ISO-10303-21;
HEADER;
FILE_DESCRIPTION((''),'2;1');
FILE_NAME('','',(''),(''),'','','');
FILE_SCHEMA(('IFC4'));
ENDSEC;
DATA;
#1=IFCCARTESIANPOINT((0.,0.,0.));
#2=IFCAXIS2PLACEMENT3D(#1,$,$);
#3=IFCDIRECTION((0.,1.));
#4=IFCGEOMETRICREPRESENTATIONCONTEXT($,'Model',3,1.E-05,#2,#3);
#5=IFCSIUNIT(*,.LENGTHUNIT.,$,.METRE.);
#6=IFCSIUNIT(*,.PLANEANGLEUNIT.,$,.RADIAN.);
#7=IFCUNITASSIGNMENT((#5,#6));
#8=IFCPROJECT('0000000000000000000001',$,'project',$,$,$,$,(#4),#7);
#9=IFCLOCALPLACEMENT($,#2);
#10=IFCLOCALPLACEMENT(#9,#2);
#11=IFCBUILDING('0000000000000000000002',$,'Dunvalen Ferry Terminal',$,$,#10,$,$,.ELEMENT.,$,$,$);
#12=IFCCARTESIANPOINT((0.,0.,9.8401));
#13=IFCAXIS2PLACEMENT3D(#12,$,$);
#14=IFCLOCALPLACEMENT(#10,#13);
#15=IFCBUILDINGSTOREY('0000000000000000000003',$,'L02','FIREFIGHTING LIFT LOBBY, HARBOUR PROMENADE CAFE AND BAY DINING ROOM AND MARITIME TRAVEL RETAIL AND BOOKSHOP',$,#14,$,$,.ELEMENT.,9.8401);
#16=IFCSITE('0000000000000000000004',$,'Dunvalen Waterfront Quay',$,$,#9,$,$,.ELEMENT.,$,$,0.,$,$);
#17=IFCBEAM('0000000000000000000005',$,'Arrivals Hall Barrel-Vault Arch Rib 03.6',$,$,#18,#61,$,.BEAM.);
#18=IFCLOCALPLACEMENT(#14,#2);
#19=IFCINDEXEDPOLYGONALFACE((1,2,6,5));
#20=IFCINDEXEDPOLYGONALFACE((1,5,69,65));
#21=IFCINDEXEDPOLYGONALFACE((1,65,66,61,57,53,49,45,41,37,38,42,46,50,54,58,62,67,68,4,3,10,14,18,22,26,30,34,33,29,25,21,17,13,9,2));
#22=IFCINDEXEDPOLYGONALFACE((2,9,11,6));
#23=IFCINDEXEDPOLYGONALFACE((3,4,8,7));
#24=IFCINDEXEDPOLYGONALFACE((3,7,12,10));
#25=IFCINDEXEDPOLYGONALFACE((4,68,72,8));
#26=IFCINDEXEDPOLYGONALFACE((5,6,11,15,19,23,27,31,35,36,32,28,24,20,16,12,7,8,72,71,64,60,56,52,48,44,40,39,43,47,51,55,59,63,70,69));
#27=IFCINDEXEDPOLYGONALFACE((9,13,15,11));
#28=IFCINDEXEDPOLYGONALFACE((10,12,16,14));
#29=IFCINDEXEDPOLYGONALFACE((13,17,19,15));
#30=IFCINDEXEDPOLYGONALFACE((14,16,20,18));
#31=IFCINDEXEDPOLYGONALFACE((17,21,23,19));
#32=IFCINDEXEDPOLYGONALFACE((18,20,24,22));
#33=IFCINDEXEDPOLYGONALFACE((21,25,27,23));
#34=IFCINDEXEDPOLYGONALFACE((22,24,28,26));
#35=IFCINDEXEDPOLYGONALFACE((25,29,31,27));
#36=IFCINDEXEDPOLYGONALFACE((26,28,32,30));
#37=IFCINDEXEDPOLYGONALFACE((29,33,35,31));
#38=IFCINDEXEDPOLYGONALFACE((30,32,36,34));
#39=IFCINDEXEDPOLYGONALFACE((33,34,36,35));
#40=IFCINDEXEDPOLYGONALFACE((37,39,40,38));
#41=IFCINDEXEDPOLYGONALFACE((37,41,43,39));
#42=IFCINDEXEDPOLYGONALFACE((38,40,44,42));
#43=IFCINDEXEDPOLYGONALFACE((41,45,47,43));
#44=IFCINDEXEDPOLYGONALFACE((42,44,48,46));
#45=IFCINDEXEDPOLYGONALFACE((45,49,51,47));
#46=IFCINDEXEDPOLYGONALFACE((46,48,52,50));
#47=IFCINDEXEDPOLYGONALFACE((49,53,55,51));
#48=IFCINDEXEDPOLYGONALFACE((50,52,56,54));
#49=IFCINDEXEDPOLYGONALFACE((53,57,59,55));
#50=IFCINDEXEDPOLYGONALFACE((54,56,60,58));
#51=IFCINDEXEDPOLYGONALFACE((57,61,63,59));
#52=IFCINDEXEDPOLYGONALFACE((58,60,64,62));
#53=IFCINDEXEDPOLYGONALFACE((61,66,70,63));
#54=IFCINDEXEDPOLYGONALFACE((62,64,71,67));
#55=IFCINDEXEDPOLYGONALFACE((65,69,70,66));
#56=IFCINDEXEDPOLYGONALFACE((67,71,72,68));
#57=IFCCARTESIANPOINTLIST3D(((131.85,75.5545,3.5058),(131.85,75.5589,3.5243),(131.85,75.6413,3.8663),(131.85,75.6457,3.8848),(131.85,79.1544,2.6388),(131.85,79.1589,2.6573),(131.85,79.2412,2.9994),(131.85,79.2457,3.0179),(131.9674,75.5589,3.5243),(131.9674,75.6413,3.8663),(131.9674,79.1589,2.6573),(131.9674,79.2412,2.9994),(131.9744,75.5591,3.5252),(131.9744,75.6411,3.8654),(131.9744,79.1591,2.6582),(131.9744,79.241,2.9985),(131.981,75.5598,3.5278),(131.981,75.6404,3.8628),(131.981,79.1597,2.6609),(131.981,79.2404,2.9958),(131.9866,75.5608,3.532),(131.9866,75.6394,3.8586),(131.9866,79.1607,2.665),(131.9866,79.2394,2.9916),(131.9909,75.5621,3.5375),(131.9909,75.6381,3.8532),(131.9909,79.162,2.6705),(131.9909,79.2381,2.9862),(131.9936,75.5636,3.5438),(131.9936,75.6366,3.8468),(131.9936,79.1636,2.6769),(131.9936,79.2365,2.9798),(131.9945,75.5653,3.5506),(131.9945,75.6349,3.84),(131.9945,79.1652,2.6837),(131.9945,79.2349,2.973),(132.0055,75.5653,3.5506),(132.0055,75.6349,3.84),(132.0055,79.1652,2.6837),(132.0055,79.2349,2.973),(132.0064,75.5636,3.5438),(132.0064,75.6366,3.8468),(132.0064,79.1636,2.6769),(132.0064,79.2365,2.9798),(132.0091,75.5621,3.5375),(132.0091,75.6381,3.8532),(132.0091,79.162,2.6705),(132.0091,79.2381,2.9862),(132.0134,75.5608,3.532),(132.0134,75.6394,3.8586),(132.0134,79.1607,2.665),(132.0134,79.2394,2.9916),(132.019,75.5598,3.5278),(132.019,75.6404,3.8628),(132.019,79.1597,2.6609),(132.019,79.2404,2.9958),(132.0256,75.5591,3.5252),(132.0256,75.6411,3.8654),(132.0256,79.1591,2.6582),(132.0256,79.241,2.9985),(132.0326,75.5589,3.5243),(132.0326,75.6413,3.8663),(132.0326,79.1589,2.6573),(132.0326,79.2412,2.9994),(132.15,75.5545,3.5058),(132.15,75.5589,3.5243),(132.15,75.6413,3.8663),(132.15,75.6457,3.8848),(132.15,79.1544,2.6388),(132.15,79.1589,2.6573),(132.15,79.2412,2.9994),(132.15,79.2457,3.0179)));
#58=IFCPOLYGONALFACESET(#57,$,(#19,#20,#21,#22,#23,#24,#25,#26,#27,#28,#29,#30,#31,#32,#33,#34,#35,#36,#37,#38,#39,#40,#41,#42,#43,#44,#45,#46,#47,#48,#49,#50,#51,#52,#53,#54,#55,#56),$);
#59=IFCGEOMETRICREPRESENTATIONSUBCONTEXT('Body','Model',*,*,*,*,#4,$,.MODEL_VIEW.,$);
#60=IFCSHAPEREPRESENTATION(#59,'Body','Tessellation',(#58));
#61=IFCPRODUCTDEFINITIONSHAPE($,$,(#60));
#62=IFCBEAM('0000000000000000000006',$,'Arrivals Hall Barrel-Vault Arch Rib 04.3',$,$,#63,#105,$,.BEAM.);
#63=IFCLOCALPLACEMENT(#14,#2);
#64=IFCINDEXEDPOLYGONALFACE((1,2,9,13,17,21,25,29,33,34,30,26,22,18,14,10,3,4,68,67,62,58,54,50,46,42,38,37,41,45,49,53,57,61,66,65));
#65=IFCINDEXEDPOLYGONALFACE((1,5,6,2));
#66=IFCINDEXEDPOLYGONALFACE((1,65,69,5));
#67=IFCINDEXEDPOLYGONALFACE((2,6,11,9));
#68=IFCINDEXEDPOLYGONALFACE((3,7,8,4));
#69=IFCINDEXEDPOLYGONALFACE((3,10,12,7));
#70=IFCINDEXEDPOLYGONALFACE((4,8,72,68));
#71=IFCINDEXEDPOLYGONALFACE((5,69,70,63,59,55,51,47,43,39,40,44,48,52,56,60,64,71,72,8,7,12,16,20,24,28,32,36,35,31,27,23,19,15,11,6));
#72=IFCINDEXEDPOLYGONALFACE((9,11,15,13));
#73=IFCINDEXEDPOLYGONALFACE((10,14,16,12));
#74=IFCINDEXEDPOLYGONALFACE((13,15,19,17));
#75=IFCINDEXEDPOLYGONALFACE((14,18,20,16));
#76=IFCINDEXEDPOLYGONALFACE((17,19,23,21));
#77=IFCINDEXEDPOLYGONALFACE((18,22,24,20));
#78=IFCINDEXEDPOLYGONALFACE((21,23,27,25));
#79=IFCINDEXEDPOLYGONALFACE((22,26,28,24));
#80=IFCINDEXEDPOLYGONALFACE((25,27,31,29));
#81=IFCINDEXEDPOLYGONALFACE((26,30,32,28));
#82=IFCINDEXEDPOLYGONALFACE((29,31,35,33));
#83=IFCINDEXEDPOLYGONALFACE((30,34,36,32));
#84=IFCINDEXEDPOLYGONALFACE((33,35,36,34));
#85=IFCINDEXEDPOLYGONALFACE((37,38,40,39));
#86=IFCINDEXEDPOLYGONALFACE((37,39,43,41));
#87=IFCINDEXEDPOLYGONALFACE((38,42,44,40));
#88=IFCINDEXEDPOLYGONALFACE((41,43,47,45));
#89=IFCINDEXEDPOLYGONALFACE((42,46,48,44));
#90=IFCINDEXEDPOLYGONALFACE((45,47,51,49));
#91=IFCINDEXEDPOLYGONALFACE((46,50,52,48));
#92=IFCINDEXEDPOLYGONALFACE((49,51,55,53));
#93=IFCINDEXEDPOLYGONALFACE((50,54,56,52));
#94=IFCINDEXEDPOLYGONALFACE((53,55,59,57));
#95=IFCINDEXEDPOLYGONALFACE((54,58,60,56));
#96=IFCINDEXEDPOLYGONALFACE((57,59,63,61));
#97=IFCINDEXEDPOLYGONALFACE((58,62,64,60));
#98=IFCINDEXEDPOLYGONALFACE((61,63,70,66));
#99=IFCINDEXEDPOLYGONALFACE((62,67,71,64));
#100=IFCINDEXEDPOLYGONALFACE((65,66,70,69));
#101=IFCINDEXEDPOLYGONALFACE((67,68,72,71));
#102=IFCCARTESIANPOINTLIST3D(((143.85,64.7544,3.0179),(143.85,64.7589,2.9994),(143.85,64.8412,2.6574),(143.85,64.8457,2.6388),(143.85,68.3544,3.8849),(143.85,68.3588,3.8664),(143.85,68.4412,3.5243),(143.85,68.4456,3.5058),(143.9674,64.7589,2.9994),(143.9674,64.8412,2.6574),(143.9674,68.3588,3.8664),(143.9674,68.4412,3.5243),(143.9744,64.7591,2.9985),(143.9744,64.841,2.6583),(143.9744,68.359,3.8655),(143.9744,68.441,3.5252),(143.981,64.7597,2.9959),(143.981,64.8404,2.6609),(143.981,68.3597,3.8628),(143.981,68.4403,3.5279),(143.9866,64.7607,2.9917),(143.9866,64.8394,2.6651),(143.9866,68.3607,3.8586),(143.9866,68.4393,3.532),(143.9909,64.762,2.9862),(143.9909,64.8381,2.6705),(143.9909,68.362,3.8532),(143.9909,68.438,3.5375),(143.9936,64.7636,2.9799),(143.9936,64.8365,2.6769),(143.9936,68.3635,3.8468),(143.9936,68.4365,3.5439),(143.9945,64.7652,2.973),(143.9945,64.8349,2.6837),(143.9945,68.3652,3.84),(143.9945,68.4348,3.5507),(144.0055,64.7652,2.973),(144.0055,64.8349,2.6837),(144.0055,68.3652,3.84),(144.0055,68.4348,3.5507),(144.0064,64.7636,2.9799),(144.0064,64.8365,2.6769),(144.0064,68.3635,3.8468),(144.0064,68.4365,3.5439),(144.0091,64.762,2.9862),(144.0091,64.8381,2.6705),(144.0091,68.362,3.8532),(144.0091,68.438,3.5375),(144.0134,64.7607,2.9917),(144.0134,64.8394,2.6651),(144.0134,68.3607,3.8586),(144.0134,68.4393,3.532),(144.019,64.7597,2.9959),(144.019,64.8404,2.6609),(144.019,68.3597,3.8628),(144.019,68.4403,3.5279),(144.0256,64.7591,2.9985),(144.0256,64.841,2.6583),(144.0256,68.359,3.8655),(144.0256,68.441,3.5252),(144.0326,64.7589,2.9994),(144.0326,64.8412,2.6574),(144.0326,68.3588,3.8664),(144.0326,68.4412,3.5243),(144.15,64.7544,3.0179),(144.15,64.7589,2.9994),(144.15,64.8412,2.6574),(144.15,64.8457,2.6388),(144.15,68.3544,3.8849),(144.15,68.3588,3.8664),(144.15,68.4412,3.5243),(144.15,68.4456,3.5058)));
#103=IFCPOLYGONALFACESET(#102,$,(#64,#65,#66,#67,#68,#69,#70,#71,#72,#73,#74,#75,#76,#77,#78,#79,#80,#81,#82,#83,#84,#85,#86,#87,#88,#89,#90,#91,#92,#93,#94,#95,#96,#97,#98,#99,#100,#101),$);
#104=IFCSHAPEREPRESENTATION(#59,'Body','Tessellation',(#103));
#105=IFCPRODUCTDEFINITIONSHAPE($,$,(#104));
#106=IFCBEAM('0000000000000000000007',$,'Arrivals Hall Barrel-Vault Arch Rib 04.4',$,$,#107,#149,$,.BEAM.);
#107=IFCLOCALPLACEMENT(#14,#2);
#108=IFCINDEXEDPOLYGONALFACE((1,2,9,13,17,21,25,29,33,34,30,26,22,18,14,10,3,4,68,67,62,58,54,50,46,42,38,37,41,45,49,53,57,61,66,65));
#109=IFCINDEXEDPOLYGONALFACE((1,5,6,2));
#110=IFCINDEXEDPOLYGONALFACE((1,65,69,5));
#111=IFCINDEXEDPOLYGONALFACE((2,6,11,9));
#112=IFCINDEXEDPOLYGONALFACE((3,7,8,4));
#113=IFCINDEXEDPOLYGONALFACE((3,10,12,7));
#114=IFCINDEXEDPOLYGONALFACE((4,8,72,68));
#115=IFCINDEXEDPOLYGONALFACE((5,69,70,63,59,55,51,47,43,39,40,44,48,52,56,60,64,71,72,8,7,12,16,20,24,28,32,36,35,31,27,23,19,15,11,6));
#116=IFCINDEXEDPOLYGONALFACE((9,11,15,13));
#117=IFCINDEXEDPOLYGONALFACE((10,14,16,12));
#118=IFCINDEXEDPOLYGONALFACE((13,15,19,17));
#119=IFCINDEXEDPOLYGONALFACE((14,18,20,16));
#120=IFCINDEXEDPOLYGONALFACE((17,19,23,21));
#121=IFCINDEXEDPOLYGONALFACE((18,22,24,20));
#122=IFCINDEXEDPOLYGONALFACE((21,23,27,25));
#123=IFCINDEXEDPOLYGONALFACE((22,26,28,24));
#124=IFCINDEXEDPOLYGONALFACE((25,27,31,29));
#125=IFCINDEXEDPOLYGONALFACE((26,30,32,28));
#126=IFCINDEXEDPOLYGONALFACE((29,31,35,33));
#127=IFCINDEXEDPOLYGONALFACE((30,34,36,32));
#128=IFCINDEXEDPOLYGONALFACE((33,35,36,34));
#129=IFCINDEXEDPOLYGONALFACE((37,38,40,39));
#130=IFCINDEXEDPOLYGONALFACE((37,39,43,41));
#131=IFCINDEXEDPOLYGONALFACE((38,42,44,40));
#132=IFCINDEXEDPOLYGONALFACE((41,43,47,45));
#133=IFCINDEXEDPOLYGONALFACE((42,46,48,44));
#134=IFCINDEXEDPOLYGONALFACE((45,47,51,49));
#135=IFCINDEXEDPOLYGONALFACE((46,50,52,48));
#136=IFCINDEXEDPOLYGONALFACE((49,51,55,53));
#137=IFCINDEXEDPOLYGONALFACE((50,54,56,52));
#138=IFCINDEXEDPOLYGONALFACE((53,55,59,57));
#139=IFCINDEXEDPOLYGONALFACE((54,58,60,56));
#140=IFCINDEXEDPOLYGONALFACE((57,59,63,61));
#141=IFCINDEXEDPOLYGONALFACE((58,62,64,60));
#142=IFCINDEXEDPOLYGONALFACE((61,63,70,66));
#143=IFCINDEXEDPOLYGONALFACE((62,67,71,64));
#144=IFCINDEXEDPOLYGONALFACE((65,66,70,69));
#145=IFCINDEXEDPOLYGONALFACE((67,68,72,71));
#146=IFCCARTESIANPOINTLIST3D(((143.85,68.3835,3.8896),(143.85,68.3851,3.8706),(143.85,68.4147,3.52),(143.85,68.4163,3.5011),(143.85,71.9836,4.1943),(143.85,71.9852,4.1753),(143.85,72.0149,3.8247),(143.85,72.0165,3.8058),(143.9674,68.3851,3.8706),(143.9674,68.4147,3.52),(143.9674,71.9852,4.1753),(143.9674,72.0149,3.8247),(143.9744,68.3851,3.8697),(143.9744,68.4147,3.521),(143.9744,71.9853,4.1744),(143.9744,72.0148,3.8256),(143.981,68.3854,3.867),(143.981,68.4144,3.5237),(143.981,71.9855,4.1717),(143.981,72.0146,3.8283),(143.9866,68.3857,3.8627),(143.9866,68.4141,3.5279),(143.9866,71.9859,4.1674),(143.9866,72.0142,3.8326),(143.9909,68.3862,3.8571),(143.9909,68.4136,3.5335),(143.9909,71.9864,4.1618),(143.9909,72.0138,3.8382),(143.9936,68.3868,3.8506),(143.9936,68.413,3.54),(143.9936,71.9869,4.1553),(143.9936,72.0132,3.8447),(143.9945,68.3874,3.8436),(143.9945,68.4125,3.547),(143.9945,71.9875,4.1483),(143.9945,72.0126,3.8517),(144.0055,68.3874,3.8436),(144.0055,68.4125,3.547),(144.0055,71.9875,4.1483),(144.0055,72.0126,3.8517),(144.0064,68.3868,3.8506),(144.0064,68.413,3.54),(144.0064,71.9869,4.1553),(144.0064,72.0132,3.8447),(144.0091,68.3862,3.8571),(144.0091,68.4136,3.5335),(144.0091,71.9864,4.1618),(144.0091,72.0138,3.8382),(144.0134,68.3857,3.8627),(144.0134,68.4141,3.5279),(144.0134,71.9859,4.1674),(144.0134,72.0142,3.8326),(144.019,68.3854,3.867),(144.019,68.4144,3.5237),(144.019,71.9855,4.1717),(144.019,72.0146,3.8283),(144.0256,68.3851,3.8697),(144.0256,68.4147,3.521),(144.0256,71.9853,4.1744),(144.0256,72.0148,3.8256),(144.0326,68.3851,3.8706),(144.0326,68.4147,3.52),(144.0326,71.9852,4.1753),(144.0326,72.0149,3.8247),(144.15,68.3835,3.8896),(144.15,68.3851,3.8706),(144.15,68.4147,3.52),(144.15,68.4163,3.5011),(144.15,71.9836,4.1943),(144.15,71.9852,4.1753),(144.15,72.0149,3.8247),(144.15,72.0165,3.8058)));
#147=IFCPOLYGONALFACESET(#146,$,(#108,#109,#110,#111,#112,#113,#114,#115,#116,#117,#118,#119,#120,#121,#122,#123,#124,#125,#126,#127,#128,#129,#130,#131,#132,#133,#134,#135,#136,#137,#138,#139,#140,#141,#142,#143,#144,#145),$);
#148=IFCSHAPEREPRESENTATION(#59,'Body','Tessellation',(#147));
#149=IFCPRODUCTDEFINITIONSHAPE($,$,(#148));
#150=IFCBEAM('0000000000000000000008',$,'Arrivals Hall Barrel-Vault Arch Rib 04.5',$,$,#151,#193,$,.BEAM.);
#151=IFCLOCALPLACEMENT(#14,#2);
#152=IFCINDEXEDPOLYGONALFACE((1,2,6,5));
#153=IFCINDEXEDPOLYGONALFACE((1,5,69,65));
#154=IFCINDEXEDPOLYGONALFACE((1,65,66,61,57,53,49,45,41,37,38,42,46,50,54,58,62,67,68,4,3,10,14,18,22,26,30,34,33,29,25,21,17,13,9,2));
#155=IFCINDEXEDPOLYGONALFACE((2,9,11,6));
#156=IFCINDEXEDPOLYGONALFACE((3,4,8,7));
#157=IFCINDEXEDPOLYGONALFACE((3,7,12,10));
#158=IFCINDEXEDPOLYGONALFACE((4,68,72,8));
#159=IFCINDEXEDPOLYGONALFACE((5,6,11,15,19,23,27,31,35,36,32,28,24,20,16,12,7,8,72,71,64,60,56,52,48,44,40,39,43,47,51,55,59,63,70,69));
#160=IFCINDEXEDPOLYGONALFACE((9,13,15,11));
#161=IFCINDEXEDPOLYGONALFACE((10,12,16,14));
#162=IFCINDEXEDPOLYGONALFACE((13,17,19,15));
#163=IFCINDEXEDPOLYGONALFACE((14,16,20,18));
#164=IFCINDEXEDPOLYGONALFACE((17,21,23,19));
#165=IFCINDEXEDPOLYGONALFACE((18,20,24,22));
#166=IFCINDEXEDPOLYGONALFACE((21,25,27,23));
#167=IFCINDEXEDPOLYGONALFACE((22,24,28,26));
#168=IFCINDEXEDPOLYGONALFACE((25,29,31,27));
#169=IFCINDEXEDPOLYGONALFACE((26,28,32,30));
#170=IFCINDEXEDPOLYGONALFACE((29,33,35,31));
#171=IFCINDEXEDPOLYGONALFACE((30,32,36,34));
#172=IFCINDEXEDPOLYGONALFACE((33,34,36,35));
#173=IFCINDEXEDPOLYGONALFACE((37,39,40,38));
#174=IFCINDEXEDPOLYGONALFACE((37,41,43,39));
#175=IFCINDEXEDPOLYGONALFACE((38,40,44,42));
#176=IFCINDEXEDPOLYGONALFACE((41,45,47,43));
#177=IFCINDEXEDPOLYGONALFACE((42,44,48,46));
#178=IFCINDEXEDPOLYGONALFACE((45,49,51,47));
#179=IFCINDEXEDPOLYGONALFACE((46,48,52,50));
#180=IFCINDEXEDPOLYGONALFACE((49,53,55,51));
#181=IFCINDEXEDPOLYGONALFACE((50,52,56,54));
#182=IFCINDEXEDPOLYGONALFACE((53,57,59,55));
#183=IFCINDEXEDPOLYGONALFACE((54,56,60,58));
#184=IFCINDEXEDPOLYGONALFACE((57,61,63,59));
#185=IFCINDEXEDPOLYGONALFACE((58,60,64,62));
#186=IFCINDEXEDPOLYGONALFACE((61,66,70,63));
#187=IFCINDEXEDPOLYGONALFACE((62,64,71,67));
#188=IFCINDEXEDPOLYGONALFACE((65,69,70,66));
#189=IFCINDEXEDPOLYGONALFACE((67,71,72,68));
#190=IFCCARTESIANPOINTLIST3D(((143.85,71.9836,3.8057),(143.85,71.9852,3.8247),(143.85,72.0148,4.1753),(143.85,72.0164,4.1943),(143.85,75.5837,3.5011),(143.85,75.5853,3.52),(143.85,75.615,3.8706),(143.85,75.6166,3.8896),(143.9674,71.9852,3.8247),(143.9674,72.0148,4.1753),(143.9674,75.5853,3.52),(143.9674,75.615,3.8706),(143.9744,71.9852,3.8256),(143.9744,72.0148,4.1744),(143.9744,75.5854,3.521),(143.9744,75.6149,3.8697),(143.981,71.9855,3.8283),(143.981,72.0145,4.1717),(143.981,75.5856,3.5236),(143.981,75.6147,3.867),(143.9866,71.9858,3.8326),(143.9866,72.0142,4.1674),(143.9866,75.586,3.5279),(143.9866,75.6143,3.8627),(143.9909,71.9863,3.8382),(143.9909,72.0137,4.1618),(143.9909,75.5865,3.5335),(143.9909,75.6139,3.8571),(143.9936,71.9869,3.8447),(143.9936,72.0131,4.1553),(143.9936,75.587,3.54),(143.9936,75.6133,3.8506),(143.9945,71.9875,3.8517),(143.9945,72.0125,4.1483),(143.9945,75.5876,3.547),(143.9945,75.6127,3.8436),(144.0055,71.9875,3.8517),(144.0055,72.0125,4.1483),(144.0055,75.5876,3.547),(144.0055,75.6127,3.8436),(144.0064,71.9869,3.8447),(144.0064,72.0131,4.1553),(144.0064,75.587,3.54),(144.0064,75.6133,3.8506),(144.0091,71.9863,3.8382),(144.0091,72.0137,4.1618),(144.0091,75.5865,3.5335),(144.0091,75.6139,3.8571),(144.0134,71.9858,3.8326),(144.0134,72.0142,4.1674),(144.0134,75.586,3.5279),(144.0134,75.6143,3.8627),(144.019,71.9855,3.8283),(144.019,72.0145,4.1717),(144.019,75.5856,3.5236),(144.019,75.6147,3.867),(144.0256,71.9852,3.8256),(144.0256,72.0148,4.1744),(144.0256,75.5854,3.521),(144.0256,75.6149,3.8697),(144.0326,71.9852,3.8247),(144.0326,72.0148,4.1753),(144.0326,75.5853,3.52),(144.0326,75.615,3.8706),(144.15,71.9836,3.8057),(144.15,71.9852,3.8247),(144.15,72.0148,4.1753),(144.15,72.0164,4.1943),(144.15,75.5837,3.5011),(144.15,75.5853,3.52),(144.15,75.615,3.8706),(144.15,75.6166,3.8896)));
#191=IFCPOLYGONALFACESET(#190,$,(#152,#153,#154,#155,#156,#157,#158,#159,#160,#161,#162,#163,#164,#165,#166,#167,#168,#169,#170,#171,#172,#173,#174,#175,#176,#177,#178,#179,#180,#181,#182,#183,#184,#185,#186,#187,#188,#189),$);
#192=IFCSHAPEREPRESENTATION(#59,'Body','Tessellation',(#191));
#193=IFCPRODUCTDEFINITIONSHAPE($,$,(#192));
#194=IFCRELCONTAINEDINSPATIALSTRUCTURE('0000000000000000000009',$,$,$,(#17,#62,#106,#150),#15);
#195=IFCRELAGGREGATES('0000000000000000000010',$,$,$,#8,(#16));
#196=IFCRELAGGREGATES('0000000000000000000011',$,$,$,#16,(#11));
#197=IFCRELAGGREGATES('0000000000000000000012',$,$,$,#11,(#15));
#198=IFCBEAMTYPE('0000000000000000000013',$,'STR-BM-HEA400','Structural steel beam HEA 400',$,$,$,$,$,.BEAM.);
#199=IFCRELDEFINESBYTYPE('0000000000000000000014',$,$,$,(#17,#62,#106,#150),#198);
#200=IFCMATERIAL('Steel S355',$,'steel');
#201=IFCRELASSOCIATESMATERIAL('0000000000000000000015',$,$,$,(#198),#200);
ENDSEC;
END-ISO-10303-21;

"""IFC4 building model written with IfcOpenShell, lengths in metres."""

from ifc_helpers import new_model, si_unit, direction, frame, origin, origin_2d, place, context, subcontext, project, spatial, i_section, extrude, material, material_profile, profile_set, type_object, element, save


model = new_model("IFC4")

# Units and contexts
model_context = context("Model", 3, precision=1e-05, world=origin(), true_north=direction((0.0, 1.0)))
body_context = subcontext(model_context, "Body", "Model", "MODEL_VIEW")
ifc_project = project(units=[si_unit("LENGTHUNIT", "METRE"), si_unit("PLANEANGLEUNIT", "RADIAN")], contexts=[model_context])

# Site, building, storey
site_placement = place(None, origin())
site = spatial("IfcSite", under=ifc_project, at=site_placement, Name="Dunvalen Waterfront Quay", CompositionType="ELEMENT", RefElevation=0.0)
building_placement = place(site_placement, origin())
building = spatial("IfcBuilding", under=site, at=building_placement, Name="Dunvalen Ferry Terminal", CompositionType="ELEMENT")
storey_placement = place(building_placement, frame((0.0, 0.0, 9.8401)))
storey = spatial("IfcBuildingStorey", under=building, at=storey_placement, Name="L02", Description="FIREFIGHTING LIFT LOBBY, HARBOUR PROMENADE CAFE AND BAY DINING ROOM AND MARITIME TRAVEL RETAIL AND BOOKSHOP", CompositionType="ELEMENT", Elevation=9.8401)

# Beams
ifc_material_1 = material(Name="Steel S355", Category="steel")
ifc_material_profile_1 = material_profile(ifc_material_1, i_section(OverallWidth=0.3, OverallDepth=0.3899, WebThickness=0.011, FlangeThickness=0.019, FilletRadius=0.0271, at=origin_2d()), Name="Steel S355")
ifc_profile_set_1 = profile_set([ifc_material_profile_1], Name="Steel S355")
beam_type = type_object("IfcBeamType", Name="STR-BM-HEA400", Description="Structural steel beam HEA 400", PredefinedType="BEAM", material=ifc_profile_set_1)
for number, where, z_axis, x_axis, name in (
    (1, (132.0, 75.6001, 3.6953), (0.0, 0.972204, -0.234133), (-1.0, 0.0, 0.0), "Arrivals Hall Barrel-Vault Arch Rib 03.6"),
    (2, (144.0, 64.8, 2.8284), (0.0, 0.972204, 0.234133), (-1.0, 0.0, 0.0), "Arrivals Hall Barrel-Vault Arch Rib 04.3"),
):
    element("IfcBeam", number, at=place(storey_placement, frame(where, z_axis=z_axis, x_axis=x_axis)), inside=storey, type_object=beam_type, Name=name, PredefinedType="BEAM", context=body_context, shape_type="SweptSolid", body=[
        extrude(i_section(OverallWidth=0.3, OverallDepth=0.3899, WebThickness=0.011, FlangeThickness=0.019, FilletRadius=0.0271, at=origin_2d()), origin(), (0.0, 0.0, 1.0), 3.7029),
    ])
for number, where, z_axis, x_axis, name in (
    (3, (144.0, 68.3999, 3.6953), (0.0, 0.996438, 0.084332), (-1.0, 0.0, 0.0), "Arrivals Hall Barrel-Vault Arch Rib 04.4"),
    (4, (144.0, 72.0, 4.0), (0.0, 0.996438, -0.084332), (-1.0, 0.0, 0.0), "Arrivals Hall Barrel-Vault Arch Rib 04.5"),
):
    element("IfcBeam", number, at=place(storey_placement, frame(where, z_axis=z_axis, x_axis=x_axis)), inside=storey, type_object=beam_type, Name=name, PredefinedType="BEAM", context=body_context, shape_type="SweptSolid", body=[
        extrude(i_section(OverallWidth=0.3, OverallDepth=0.3899, WebThickness=0.011, FlangeThickness=0.019, FilletRadius=0.0271, at=origin_2d()), origin(), (0.0, 0.0, 1.0), 3.613),
    ])

save(model, "model.ifc")
